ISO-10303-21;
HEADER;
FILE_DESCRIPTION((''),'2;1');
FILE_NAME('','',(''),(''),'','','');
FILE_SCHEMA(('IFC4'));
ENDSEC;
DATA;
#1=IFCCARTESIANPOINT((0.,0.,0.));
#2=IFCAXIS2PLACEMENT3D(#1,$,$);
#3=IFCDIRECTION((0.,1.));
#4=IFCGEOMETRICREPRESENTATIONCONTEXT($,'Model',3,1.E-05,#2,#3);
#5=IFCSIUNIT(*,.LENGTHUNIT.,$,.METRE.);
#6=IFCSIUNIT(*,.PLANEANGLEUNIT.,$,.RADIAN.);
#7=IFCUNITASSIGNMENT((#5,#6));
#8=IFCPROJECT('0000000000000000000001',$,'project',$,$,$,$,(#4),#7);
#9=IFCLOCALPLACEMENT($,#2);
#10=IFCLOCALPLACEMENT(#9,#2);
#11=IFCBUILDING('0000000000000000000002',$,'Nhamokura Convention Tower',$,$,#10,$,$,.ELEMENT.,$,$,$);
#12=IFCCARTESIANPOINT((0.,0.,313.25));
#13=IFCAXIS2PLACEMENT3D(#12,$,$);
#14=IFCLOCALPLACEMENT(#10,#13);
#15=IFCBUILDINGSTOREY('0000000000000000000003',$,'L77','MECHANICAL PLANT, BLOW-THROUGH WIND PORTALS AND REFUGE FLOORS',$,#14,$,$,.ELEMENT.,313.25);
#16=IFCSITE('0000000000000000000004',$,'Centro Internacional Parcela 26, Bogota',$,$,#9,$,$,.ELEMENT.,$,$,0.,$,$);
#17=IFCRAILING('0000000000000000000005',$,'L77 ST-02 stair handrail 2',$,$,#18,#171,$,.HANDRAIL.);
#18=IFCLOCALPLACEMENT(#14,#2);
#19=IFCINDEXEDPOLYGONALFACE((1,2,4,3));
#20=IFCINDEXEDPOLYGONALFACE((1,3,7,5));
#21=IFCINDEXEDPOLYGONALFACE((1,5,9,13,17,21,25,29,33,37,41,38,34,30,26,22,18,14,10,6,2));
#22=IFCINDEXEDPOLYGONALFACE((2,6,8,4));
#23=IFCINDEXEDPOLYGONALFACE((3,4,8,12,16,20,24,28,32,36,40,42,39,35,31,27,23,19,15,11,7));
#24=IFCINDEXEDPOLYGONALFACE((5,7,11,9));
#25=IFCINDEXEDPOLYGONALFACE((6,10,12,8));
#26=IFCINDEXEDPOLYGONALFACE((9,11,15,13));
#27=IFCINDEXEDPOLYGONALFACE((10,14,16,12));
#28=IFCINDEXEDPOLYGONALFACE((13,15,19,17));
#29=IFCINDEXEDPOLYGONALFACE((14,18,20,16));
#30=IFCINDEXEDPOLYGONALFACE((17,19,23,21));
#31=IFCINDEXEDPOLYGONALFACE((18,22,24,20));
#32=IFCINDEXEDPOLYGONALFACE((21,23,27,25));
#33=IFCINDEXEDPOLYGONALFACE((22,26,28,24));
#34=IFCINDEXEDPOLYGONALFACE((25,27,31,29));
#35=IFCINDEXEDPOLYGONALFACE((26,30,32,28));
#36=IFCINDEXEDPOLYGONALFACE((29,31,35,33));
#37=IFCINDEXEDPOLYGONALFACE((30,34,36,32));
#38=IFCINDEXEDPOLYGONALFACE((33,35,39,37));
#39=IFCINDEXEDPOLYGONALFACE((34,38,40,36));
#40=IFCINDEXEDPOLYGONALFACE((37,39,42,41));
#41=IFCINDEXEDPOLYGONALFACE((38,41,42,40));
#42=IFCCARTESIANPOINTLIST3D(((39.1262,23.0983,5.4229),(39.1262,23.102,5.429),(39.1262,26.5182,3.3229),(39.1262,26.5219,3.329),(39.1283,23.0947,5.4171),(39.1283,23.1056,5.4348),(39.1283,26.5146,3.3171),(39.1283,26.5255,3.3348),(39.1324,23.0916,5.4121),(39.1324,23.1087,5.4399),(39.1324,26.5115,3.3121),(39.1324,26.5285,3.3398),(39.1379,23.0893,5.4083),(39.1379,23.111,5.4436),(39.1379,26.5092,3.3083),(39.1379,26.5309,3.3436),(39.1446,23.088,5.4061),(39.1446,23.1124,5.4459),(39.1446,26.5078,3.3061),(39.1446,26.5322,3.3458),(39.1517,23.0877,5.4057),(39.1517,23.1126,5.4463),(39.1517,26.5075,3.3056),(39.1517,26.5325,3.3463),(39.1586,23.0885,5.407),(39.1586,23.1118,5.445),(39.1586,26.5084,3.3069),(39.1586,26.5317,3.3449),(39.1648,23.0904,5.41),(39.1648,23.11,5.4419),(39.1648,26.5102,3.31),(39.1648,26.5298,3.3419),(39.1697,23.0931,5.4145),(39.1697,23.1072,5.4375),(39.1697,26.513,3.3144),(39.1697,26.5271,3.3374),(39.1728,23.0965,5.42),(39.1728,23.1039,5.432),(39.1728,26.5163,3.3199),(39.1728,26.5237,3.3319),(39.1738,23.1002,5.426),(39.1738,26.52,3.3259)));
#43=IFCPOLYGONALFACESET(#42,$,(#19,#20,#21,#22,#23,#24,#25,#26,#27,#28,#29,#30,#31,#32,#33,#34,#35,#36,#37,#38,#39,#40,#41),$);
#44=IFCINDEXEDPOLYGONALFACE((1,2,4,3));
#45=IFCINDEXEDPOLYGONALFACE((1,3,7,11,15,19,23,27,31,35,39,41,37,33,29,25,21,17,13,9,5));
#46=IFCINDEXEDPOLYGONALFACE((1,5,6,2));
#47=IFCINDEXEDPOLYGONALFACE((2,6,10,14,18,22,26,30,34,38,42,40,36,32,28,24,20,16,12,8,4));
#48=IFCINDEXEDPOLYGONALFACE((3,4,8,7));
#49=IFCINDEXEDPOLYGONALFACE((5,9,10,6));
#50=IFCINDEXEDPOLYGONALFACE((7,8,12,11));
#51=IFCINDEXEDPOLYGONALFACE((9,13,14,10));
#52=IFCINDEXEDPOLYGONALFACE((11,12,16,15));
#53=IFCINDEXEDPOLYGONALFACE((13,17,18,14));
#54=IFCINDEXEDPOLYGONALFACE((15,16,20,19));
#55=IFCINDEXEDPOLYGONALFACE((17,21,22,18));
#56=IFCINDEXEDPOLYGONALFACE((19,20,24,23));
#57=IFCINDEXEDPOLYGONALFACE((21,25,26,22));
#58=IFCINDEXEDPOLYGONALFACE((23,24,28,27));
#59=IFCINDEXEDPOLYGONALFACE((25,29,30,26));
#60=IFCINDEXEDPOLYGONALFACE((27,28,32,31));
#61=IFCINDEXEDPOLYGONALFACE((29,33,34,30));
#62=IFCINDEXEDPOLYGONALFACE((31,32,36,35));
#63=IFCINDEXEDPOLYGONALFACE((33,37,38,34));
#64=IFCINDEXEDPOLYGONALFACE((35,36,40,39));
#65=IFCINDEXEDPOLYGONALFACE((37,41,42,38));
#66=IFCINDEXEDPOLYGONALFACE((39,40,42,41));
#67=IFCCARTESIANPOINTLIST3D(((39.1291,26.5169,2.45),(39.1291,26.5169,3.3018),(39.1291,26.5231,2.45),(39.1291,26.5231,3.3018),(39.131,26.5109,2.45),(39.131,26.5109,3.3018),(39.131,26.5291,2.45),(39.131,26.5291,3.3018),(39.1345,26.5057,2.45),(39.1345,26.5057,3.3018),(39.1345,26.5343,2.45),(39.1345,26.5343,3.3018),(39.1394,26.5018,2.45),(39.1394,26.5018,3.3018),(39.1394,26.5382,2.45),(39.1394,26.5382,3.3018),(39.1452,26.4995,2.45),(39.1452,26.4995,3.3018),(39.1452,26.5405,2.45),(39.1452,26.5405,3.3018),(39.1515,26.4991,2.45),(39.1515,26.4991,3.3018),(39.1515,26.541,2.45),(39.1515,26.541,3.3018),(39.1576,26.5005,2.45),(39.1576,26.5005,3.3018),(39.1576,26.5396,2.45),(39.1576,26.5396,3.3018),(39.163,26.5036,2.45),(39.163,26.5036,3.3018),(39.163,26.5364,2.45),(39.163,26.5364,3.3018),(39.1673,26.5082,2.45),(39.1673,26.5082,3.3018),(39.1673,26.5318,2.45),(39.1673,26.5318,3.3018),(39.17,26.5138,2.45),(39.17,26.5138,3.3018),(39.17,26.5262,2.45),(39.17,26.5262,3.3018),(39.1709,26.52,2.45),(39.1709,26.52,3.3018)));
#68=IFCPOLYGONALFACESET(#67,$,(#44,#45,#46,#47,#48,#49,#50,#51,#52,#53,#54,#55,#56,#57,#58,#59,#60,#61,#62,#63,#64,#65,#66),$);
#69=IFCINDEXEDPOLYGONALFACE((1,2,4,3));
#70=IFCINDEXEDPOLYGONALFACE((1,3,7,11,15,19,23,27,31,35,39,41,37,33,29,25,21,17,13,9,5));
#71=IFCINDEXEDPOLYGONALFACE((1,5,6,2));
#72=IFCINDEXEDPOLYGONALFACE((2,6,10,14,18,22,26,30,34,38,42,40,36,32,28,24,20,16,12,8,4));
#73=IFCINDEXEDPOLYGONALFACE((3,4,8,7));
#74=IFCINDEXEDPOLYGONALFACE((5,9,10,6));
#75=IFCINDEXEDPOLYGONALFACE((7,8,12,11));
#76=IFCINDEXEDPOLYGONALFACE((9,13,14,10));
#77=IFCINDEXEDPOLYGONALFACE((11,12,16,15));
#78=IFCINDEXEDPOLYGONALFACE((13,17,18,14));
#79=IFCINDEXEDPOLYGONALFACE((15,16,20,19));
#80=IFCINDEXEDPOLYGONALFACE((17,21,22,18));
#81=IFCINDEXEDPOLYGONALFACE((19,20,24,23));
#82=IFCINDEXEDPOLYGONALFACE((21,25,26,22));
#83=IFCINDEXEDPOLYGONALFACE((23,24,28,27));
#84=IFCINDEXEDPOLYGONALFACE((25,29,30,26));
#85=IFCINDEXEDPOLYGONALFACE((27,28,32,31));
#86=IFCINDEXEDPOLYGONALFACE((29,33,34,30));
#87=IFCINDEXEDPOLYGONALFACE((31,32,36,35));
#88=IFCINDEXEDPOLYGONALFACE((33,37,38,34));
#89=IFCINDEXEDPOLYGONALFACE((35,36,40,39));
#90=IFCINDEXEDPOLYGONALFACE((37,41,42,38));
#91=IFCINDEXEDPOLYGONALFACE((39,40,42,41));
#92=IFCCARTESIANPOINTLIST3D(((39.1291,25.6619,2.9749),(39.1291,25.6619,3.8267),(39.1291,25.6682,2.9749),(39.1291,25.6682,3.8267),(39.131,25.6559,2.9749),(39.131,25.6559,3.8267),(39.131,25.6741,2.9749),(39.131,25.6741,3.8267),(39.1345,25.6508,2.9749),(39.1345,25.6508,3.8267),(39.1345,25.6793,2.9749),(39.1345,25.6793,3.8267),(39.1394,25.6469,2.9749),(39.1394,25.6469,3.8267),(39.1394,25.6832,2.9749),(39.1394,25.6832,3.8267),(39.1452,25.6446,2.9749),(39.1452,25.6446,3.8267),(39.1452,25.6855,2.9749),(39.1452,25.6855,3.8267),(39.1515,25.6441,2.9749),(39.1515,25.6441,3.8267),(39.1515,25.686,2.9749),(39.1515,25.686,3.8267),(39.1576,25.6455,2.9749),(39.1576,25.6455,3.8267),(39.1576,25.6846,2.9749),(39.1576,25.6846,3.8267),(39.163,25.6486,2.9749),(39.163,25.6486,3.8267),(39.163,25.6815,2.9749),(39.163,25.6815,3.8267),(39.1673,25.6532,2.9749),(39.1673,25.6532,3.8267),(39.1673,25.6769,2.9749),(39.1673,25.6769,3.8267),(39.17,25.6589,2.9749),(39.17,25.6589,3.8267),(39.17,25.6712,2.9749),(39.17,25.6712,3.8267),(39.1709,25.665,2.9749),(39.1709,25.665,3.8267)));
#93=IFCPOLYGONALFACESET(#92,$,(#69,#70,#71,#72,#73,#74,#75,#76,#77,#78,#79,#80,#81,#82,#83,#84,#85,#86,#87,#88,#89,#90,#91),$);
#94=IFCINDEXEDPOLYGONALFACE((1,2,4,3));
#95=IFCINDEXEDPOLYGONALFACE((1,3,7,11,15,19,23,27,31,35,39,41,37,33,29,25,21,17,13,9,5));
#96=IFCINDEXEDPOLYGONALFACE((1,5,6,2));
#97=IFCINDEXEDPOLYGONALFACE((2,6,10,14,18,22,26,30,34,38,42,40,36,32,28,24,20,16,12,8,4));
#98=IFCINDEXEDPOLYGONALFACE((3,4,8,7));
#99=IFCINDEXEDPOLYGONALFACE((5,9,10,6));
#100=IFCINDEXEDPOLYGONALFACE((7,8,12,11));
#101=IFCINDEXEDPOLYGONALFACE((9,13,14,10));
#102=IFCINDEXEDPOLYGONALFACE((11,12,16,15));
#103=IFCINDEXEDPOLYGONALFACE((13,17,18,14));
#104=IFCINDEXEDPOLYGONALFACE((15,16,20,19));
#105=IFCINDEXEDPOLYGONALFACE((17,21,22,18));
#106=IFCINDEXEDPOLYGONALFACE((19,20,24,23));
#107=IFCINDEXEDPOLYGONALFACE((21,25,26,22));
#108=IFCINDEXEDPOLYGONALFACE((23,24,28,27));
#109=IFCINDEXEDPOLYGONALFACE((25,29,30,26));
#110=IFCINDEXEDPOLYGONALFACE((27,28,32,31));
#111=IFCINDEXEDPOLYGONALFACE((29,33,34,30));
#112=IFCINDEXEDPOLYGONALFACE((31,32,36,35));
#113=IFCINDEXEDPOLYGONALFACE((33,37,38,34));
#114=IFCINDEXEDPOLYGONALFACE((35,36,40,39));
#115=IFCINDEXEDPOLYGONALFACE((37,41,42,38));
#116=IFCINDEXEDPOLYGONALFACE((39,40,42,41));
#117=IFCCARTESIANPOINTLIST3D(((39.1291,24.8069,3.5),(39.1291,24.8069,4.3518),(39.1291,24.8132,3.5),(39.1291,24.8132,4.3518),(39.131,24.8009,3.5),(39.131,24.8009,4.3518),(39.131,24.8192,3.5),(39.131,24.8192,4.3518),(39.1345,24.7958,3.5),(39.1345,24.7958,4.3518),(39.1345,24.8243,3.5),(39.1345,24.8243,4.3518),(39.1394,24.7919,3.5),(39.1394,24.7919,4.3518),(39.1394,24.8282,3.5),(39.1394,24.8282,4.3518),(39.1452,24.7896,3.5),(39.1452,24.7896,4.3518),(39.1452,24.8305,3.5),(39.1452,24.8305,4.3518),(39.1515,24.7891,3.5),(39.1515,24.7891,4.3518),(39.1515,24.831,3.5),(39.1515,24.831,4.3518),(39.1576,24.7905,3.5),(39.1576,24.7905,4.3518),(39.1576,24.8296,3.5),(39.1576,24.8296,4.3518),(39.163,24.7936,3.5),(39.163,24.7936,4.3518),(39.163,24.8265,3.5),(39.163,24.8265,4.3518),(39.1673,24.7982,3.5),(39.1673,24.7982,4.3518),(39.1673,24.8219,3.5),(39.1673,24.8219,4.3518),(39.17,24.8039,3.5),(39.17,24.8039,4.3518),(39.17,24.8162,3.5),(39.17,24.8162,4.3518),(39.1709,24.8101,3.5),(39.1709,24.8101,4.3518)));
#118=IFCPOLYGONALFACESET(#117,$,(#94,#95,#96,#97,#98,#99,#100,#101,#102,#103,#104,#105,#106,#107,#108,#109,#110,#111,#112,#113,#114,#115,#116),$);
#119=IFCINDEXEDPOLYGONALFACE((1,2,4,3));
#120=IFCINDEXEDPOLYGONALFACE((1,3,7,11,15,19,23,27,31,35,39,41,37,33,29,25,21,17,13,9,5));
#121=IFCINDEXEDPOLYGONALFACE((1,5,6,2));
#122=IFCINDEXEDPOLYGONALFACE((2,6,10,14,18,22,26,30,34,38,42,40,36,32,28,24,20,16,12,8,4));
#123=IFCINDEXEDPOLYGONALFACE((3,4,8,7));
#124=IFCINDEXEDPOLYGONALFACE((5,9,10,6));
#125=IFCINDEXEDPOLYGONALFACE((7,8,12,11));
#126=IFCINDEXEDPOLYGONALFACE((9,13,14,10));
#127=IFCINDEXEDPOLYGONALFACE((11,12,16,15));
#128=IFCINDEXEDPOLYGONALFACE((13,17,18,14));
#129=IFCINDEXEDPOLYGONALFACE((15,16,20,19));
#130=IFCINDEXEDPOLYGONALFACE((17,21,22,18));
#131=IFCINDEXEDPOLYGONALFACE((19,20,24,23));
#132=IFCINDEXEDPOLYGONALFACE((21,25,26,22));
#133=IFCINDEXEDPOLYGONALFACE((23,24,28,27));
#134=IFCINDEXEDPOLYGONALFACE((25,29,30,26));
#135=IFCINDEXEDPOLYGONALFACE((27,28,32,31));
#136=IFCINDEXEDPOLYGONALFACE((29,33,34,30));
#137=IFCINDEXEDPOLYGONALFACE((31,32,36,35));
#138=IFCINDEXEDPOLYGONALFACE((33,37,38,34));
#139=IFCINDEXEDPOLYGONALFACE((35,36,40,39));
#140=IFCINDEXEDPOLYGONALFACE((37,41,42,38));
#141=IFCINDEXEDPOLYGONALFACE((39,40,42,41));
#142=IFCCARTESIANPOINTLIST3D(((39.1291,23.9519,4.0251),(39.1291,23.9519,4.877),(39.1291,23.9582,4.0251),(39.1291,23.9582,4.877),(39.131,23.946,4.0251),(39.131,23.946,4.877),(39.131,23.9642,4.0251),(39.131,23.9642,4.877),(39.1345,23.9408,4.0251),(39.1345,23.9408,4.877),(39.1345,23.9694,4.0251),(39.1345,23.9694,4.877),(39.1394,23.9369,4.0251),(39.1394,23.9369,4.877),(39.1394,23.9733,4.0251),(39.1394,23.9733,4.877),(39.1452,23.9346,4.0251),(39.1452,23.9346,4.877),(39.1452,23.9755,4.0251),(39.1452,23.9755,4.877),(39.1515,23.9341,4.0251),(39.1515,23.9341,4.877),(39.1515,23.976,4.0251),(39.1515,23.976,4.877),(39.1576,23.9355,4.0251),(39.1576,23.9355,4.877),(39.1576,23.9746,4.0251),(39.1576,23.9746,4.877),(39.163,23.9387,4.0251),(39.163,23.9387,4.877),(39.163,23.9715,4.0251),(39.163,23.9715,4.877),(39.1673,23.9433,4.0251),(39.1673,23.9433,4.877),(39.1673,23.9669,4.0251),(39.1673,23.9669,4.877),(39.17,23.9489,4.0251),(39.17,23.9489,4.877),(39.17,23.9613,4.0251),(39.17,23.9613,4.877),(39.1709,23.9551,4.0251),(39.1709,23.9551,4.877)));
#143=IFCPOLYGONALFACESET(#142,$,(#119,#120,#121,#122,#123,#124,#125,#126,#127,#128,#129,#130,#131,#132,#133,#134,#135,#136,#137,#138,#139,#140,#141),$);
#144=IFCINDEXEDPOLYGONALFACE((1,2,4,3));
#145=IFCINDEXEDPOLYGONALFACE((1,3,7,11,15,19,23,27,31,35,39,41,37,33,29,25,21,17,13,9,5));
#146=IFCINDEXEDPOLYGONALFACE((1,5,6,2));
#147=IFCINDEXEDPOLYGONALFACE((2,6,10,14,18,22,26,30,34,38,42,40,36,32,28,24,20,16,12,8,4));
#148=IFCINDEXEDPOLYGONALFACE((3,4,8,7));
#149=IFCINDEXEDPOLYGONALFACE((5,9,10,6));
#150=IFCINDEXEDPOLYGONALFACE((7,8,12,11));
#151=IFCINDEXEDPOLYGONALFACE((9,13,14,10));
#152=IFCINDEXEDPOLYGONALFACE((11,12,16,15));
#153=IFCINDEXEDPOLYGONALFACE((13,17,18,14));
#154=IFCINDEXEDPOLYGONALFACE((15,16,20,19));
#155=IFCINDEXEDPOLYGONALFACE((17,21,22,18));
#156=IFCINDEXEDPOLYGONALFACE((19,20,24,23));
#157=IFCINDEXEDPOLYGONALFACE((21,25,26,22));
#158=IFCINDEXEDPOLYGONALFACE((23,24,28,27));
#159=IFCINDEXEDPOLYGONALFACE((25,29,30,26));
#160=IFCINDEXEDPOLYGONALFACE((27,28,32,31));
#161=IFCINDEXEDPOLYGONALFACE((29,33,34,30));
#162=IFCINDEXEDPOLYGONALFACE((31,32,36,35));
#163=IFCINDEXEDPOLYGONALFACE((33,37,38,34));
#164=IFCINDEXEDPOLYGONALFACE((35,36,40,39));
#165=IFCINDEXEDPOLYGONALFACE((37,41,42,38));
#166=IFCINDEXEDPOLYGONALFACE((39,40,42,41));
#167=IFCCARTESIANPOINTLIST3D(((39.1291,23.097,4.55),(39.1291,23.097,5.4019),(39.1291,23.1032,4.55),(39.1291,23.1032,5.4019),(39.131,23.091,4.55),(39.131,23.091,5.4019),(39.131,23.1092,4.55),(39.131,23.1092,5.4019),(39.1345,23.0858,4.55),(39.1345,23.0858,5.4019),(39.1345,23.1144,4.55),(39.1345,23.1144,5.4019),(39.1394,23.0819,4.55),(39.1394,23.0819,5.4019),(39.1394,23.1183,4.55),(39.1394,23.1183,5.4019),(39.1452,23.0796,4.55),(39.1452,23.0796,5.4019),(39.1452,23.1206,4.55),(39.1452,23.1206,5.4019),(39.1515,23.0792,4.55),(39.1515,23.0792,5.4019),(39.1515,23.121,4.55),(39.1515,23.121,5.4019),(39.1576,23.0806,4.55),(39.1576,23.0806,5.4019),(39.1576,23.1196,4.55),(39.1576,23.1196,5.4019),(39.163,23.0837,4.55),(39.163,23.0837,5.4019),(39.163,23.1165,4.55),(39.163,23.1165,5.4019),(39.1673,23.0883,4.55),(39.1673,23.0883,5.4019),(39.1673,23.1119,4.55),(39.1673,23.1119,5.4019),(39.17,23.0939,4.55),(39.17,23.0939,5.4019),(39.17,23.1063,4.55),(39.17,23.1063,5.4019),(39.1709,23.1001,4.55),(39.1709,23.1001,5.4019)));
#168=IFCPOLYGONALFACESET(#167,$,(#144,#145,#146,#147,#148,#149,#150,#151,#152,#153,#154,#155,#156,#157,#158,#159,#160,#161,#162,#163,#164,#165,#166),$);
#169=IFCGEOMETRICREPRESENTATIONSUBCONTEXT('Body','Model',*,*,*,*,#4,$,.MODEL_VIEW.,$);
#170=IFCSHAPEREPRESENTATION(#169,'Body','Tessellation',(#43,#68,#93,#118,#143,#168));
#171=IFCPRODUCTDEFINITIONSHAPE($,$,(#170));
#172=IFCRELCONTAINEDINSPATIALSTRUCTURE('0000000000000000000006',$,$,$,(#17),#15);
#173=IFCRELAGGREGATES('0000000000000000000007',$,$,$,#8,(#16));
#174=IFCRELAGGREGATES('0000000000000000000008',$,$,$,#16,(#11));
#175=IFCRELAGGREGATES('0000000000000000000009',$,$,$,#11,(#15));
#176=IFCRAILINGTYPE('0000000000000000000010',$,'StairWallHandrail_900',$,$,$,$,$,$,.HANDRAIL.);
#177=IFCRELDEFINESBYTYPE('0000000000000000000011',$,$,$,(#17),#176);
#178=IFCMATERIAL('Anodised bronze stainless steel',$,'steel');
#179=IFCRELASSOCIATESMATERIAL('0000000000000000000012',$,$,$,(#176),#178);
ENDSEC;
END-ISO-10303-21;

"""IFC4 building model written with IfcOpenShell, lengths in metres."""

from ifc_helpers import new_model, si_unit, direction, frame, origin, origin_2d, place, context, subcontext, project, spatial, circle, extrude, material, type_object, element, save


model = new_model("IFC4")

# Units and contexts
model_context = context("Model", 3, precision=1e-05, world=origin(), true_north=direction((0.0, 1.0)))
body_context = subcontext(model_context, "Body", "Model", "MODEL_VIEW")
ifc_project = project(units=[si_unit("LENGTHUNIT", "METRE"), si_unit("PLANEANGLEUNIT", "RADIAN")], contexts=[model_context])

# Site, building, storey
site_placement = place(None, origin())
site = spatial("IfcSite", under=ifc_project, at=site_placement, Name="Centro Internacional Parcela 26, Bogota", CompositionType="ELEMENT", RefElevation=0.0)
building_placement = place(site_placement, origin())
building = spatial("IfcBuilding", under=site, at=building_placement, Name="Nhamokura Convention Tower", CompositionType="ELEMENT")
storey_placement = place(building_placement, frame((0.0, 0.0, 313.25)))
storey = spatial("IfcBuildingStorey", under=building, at=storey_placement, Name="L77", Description="MECHANICAL PLANT, BLOW-THROUGH WIND PORTALS AND REFUGE FLOORS", CompositionType="ELEMENT", Elevation=313.25)

# Railing
ifc_material_1 = material(Name="Anodised bronze stainless steel", Category="steel")
railing_type_1 = type_object("IfcRailingType", Name="StairWallHandrail_900", PredefinedType="HANDRAIL", material=ifc_material_1)
railing_1_placement = place(storey_placement, frame((39.1499, 26.52, 2.45)))
element("IfcRailing", 1, at=railing_1_placement, inside=storey, type_object=railing_type_1, Name="L77 ST-02 stair handrail 2", PredefinedType="HANDRAIL", context=body_context, shape_type="SweptSolid", body=[
    extrude(circle(Radius=0.0239, at=origin_2d()), frame((0.0, 0.0, 0.876), z_axis=(0.0, -0.852155, 0.523289), x_axis=(1.0, 0.0, 0.0)), (0.0, 0.0, 1.0), 4.0132),
    extrude(circle(Radius=0.021, at=origin_2d()), origin(), (0.0, 0.0, 1.0), 0.8518),
    extrude(circle(Radius=0.021, at=origin_2d()), frame((0.0, -0.855, 0.5249)), (0.0, 0.0, 1.0), 0.8518),
    extrude(circle(Radius=0.021, at=origin_2d()), frame((0.0, -1.71, 1.05)), (0.0, 0.0, 1.0), 0.8518),
    extrude(circle(Radius=0.021, at=origin_2d()), frame((0.0, -2.5649, 1.5752)), (0.0, 0.0, 1.0), 0.8518),
    extrude(circle(Radius=0.021, at=origin_2d()), frame((0.0, -3.4199, 2.1001)), (0.0, 0.0, 1.0), 0.8518),
])

save(model, "model.ifc")
